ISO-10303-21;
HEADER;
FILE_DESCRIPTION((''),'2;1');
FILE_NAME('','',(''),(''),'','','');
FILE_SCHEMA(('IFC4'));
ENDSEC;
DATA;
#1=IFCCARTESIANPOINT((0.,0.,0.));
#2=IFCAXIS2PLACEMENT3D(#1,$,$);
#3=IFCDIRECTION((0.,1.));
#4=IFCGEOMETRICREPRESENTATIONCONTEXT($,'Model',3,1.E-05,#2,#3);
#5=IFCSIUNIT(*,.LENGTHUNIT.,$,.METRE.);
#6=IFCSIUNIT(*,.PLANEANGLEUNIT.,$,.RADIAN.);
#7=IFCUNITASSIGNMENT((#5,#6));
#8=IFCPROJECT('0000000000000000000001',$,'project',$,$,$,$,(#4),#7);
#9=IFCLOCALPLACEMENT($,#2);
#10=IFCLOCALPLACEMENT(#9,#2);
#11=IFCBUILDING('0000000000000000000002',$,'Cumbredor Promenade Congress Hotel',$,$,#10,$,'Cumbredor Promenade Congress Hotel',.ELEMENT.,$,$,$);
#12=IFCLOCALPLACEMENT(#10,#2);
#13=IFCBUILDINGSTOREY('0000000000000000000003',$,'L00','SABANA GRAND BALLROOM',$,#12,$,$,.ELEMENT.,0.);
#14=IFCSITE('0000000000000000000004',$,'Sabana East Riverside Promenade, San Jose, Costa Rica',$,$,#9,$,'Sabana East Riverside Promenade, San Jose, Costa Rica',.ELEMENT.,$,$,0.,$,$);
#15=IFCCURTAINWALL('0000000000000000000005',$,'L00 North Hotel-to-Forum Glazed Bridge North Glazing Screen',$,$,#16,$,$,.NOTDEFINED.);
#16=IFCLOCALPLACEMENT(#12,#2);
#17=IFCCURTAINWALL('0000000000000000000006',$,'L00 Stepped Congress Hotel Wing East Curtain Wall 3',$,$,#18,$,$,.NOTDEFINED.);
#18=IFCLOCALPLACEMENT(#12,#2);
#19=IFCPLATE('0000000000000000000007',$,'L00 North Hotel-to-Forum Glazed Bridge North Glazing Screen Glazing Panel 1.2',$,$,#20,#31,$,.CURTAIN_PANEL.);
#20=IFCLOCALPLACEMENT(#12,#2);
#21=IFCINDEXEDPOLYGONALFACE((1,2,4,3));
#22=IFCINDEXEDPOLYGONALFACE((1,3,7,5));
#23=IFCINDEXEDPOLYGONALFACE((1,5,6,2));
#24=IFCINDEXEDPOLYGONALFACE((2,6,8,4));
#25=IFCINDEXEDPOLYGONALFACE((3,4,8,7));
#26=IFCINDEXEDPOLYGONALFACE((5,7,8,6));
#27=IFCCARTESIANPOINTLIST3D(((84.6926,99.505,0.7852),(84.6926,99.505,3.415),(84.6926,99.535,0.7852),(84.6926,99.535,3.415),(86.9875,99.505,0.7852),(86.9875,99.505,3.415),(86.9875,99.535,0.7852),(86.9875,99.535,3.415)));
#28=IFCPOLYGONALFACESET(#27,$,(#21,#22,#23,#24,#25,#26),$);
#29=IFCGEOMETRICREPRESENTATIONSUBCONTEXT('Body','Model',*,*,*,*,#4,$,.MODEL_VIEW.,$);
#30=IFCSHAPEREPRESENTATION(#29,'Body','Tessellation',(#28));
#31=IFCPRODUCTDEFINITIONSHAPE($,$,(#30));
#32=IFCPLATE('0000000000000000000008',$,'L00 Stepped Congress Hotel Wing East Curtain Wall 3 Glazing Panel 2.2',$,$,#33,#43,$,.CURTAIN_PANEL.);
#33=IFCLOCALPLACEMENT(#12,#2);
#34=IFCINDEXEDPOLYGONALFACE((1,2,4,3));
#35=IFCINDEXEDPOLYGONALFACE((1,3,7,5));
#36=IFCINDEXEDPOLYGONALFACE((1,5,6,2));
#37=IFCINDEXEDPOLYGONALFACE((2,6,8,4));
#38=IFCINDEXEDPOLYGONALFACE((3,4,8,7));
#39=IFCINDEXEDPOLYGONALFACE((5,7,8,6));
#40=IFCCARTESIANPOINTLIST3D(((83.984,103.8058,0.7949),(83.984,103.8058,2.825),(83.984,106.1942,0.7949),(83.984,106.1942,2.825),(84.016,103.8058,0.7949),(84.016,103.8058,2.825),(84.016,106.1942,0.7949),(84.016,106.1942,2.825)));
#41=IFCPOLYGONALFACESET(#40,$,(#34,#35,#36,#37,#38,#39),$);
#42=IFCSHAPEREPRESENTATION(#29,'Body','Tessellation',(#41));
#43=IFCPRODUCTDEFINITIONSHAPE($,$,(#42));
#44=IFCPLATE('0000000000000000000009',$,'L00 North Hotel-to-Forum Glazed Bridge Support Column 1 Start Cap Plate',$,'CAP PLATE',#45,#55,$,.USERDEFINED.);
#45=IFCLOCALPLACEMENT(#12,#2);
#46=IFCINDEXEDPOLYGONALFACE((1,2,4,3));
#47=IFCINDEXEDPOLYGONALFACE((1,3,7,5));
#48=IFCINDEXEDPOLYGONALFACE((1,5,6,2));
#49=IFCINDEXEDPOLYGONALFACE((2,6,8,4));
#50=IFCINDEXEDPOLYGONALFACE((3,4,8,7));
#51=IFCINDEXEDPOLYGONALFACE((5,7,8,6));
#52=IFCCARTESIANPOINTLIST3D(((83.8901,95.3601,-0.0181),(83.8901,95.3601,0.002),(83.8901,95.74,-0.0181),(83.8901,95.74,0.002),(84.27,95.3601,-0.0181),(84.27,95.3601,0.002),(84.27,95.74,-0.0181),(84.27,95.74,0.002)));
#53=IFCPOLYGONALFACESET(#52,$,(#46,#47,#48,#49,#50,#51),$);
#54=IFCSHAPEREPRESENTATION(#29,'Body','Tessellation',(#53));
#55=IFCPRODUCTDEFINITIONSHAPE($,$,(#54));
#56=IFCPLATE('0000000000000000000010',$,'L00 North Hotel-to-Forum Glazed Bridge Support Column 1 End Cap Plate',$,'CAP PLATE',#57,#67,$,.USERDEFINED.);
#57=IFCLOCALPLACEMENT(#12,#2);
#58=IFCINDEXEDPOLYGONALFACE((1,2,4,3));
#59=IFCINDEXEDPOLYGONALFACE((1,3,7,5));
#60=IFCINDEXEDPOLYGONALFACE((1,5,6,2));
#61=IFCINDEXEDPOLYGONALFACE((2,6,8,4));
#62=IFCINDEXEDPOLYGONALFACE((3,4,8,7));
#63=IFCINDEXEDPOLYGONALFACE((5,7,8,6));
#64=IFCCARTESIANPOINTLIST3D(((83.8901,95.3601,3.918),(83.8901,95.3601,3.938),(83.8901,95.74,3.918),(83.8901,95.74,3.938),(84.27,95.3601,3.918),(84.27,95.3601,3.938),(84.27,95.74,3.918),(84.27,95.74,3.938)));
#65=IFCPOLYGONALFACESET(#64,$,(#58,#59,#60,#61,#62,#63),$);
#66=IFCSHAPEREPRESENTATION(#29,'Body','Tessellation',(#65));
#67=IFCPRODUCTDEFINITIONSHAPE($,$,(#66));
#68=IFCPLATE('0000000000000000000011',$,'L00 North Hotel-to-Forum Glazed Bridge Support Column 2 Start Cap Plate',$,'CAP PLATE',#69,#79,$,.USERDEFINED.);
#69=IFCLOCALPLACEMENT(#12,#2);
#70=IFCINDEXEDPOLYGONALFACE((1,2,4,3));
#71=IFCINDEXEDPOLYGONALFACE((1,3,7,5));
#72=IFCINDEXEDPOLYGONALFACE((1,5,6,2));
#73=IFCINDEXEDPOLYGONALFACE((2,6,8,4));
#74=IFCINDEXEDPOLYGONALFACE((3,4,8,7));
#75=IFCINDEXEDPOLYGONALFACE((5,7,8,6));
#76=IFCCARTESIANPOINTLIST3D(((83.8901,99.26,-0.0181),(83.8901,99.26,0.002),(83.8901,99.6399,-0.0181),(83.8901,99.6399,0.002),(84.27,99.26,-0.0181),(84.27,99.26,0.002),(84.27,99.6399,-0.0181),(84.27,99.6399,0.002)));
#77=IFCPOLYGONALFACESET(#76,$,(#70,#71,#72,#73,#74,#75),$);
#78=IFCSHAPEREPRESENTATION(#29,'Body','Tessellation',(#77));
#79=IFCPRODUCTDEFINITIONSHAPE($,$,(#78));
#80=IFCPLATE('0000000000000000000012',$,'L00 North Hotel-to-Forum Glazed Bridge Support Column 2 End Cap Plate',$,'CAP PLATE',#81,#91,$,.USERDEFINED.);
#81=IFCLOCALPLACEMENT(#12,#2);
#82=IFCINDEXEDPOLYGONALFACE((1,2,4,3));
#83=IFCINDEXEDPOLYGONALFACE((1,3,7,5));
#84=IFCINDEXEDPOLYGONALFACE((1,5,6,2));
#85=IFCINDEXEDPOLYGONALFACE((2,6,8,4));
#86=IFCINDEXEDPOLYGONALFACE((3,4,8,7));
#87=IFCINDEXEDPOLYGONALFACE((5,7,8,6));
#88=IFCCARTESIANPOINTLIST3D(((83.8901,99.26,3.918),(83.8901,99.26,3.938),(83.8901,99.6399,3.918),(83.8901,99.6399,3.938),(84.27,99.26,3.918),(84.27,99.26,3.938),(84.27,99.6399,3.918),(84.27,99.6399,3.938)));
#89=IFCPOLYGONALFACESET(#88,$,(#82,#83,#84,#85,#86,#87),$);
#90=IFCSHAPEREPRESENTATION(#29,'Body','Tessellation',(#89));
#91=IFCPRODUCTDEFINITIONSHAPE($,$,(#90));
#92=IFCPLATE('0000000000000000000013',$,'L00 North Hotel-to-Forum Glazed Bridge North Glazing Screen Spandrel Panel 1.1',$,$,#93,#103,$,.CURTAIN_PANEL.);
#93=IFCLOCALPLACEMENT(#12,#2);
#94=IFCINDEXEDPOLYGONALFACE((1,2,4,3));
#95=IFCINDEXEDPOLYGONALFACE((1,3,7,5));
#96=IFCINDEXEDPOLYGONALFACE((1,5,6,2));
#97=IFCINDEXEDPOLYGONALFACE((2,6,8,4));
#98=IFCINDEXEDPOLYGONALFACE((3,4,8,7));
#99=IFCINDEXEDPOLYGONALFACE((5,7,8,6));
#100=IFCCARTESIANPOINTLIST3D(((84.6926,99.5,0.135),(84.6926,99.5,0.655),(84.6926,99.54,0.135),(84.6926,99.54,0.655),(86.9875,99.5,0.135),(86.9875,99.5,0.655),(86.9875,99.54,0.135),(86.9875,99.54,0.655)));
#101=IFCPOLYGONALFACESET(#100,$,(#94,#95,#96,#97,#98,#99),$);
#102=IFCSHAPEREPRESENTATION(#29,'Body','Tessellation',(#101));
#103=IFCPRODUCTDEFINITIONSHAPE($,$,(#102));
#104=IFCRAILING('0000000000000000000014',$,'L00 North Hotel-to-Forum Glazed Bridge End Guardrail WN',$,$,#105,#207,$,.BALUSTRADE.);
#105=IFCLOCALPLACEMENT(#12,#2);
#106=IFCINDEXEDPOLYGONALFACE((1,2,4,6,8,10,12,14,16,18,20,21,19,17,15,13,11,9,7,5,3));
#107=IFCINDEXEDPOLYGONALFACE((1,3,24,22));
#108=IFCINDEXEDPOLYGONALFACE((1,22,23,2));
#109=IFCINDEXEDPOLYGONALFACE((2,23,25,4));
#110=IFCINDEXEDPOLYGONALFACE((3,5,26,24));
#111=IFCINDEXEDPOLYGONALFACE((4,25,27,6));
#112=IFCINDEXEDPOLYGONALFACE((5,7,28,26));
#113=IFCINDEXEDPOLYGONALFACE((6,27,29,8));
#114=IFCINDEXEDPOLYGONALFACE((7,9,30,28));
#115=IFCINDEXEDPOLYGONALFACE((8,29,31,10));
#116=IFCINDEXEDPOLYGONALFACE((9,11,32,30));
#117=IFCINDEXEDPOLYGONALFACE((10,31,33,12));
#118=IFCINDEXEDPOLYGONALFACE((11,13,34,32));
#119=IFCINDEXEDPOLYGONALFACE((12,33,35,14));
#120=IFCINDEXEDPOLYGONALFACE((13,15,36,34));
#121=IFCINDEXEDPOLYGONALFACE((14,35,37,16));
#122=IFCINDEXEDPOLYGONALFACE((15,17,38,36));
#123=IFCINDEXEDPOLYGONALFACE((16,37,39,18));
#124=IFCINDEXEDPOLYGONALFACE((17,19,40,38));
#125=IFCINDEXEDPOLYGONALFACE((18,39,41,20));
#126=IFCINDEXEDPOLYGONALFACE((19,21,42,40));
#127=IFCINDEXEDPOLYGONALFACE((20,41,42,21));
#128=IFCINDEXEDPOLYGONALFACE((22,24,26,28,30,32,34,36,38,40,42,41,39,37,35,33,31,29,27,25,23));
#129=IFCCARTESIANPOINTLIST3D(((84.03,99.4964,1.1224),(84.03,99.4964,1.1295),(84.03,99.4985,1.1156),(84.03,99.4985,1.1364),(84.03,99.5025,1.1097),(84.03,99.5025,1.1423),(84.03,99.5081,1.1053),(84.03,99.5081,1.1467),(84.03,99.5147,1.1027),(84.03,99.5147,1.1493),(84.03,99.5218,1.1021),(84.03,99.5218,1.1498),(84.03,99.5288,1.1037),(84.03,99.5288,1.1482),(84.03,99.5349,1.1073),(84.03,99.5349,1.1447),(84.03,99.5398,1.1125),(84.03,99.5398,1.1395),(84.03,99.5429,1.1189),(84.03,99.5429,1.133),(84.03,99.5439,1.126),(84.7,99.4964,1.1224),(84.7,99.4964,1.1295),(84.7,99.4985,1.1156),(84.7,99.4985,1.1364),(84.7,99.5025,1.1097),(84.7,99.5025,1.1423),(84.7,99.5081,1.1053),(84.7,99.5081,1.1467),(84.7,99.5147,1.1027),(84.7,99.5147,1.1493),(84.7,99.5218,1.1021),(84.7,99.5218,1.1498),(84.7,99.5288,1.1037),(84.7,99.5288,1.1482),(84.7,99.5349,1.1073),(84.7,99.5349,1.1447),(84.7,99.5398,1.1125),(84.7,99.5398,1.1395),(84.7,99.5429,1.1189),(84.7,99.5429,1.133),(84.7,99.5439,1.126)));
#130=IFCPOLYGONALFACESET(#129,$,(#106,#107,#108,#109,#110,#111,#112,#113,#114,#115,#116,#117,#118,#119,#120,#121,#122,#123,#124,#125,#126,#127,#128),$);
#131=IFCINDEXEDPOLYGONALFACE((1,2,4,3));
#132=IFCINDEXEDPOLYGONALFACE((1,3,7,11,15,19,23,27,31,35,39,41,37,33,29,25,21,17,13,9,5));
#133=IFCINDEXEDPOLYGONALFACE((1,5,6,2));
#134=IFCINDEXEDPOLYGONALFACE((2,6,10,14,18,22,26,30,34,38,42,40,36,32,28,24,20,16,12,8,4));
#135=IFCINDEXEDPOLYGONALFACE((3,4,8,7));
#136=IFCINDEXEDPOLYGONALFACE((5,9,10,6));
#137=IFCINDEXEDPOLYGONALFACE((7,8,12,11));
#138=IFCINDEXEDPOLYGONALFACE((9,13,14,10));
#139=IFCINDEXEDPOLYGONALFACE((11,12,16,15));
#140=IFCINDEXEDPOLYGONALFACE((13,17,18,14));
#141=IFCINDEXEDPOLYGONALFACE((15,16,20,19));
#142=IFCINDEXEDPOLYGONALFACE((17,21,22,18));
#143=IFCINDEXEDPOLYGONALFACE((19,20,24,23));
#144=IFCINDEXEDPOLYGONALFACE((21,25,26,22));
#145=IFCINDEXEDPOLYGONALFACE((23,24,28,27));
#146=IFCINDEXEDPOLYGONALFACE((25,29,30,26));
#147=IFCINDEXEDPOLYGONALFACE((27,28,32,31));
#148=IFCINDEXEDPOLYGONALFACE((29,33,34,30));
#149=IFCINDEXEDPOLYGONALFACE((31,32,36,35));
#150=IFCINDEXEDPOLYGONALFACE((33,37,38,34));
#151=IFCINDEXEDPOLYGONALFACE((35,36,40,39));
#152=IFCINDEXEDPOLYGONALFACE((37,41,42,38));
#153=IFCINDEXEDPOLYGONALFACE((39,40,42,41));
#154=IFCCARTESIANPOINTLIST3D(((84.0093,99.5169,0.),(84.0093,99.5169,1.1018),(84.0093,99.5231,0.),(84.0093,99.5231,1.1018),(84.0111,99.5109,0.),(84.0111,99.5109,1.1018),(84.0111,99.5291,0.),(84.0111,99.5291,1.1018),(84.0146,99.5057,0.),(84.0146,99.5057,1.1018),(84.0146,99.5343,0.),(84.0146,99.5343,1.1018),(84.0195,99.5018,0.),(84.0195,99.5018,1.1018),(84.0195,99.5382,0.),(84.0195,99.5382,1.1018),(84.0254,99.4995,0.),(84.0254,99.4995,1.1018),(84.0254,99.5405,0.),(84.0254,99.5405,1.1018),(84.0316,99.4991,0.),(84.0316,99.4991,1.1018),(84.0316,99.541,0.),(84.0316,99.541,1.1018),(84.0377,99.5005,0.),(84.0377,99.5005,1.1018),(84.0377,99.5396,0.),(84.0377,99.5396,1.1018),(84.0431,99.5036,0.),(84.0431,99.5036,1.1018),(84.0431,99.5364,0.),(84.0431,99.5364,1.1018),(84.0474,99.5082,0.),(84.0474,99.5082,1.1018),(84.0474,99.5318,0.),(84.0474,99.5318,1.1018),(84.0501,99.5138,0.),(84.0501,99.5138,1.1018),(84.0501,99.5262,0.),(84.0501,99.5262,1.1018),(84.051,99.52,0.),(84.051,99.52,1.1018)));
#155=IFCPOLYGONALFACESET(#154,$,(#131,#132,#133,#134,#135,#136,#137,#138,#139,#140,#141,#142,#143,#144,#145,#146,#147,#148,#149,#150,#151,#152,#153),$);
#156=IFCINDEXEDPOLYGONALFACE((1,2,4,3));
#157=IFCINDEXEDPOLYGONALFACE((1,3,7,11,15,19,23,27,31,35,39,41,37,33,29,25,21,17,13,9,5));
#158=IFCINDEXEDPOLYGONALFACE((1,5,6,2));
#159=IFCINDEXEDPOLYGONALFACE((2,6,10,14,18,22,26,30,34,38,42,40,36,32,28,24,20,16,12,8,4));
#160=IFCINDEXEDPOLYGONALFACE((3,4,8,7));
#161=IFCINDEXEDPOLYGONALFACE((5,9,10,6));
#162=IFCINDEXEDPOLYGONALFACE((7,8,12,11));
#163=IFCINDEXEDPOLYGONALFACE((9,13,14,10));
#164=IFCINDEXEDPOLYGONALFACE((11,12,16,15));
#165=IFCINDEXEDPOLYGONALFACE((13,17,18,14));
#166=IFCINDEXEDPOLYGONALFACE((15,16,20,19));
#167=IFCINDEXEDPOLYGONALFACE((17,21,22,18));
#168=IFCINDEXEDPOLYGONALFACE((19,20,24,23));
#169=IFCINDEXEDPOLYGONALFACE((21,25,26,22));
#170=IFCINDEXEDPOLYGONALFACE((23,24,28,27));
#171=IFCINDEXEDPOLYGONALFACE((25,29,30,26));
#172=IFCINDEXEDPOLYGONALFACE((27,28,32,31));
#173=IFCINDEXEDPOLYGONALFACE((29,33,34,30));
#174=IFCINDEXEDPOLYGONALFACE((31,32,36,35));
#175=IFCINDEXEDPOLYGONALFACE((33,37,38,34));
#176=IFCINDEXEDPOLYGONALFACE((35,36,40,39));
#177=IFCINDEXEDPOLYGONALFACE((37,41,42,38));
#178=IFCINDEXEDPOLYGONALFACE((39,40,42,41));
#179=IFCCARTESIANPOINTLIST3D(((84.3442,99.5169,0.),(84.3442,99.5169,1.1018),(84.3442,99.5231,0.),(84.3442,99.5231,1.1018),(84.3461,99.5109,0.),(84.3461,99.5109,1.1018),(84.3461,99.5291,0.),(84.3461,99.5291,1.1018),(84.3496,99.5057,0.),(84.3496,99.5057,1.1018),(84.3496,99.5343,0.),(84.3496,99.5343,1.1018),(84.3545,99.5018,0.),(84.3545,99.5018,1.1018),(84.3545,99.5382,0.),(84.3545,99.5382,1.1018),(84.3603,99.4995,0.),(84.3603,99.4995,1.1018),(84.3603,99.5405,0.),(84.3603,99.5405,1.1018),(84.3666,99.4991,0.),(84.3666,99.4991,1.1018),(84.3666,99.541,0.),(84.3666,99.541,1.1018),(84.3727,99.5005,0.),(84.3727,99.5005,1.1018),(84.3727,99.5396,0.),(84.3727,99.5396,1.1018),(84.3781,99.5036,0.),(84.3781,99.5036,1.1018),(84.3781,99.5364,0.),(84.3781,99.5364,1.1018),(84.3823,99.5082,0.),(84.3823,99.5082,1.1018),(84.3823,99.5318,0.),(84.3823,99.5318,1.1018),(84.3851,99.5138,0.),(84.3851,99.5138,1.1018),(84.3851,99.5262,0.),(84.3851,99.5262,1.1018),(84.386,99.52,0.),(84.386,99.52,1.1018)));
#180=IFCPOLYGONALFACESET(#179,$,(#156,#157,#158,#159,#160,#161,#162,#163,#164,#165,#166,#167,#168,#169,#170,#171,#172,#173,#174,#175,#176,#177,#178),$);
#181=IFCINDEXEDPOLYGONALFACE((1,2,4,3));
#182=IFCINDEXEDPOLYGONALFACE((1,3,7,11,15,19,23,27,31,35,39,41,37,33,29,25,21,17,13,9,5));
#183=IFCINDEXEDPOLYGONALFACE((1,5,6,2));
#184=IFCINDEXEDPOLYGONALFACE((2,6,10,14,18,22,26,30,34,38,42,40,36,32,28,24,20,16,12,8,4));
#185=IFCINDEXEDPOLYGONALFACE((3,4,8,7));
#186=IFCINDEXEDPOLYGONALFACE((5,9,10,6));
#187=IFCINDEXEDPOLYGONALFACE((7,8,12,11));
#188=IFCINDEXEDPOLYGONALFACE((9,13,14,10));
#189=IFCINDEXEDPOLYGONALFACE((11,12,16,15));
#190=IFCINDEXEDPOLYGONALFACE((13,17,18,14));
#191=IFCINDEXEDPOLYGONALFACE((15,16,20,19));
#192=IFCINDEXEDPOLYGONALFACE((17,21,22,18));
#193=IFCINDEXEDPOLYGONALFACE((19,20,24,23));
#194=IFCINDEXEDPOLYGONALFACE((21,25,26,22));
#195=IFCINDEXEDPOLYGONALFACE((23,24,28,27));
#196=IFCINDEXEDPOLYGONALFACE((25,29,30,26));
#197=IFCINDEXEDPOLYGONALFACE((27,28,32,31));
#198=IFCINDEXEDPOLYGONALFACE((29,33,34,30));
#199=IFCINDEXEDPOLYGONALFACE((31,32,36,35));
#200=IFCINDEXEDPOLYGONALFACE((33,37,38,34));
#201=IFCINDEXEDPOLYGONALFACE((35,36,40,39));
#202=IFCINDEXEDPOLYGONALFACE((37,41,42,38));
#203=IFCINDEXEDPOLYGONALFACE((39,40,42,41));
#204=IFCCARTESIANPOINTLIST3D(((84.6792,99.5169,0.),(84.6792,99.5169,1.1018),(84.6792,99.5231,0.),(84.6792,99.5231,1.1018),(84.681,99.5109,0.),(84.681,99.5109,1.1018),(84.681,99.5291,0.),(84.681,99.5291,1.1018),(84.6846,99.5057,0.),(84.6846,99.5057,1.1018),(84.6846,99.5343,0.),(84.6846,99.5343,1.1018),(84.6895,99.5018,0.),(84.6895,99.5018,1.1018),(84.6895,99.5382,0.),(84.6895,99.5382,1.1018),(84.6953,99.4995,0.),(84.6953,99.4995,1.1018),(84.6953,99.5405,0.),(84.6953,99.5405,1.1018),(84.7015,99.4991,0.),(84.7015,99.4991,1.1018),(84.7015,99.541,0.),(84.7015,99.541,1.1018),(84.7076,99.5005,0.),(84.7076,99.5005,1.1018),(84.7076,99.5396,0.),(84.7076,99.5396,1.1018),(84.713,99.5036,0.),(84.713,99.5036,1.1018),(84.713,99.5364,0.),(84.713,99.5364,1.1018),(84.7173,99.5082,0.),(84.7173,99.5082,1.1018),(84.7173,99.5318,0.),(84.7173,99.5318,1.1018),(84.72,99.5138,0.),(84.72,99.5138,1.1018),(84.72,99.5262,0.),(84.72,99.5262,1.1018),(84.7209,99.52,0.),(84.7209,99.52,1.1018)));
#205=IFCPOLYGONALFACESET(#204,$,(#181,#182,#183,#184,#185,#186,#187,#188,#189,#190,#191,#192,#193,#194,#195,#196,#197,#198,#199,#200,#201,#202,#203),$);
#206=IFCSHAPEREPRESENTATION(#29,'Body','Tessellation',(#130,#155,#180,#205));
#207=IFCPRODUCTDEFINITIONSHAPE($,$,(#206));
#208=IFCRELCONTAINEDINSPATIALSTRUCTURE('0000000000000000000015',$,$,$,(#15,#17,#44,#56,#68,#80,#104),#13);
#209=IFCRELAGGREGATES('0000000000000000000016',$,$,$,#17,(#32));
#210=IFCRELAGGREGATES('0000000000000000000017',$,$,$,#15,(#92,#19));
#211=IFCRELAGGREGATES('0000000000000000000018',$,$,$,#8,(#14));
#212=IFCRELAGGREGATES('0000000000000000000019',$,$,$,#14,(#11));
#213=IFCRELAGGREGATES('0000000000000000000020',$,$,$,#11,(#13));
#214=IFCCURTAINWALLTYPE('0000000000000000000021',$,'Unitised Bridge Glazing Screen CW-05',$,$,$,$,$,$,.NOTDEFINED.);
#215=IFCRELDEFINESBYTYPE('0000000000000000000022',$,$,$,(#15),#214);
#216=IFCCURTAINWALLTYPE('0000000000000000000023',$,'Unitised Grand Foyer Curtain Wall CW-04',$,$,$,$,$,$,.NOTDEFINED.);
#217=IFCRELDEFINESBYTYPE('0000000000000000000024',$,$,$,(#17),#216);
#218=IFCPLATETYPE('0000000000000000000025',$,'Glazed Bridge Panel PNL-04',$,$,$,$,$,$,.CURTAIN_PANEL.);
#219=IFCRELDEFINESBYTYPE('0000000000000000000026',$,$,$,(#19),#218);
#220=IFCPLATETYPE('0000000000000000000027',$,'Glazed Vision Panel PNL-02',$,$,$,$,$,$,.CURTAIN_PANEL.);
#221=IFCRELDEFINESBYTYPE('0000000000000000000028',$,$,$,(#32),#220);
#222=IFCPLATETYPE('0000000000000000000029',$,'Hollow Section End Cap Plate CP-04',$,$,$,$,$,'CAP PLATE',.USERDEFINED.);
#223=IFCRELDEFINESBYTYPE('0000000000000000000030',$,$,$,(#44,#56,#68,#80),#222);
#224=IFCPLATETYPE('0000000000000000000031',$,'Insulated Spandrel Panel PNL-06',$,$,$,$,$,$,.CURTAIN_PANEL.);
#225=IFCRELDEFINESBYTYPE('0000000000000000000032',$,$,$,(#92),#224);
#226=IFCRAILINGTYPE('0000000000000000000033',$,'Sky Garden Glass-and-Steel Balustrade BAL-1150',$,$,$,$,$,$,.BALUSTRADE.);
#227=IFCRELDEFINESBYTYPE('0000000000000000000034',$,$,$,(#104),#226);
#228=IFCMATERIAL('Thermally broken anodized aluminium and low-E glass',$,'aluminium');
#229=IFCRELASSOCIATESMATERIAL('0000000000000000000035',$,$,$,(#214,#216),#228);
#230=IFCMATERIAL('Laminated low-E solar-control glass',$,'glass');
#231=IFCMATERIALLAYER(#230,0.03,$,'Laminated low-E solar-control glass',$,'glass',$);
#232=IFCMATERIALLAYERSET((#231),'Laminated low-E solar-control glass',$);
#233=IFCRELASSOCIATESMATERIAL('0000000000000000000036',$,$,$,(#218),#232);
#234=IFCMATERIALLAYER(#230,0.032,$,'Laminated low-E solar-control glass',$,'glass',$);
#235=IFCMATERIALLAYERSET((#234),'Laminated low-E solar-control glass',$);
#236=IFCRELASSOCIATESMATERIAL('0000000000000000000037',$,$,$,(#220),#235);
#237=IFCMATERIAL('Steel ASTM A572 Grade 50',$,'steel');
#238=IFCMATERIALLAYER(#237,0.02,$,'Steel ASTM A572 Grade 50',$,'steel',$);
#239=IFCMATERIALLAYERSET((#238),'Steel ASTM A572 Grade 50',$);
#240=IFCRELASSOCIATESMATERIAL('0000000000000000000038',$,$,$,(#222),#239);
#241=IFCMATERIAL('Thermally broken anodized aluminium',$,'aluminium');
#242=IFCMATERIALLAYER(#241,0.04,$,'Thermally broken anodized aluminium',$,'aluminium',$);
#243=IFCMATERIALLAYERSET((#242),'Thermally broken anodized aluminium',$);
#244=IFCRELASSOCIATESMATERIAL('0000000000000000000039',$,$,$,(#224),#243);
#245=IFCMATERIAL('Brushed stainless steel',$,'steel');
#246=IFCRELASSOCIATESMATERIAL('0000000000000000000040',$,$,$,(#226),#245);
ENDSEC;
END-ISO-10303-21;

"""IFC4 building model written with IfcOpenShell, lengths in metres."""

from ifc_helpers import new_model, si_unit, direction, frame, origin, origin_2d, place, context, subcontext, project, spatial, rectangle, circle, extrude, material, layer, layer_set, type_object, element, aggregate, save


model = new_model("IFC4")

# Units and contexts
model_context = context("Model", 3, precision=1e-05, world=origin(), true_north=direction((0.0, 1.0)))
body_context = subcontext(model_context, "Body", "Model", "MODEL_VIEW")
ifc_project = project(units=[si_unit("LENGTHUNIT", "METRE"), si_unit("PLANEANGLEUNIT", "RADIAN")], contexts=[model_context])

# Site, building, storey
site_placement = place(None, origin())
site = spatial("IfcSite", under=ifc_project, at=site_placement, Name="Sabana East Riverside Promenade, San Jose, Costa Rica", LongName="Sabana East Riverside Promenade, San Jose, Costa Rica", CompositionType="ELEMENT", RefElevation=0.0)
building_placement = place(site_placement, origin())
building = spatial("IfcBuilding", under=site, at=building_placement, Name="Cumbredor Promenade Congress Hotel", LongName="Cumbredor Promenade Congress Hotel", CompositionType="ELEMENT")
storey_placement = place(building_placement, origin())
storey = spatial("IfcBuildingStorey", under=building, at=storey_placement, Name="L00", Description="SABANA GRAND BALLROOM", CompositionType="ELEMENT", Elevation=0.0)

# Curtain wall
ifc_material_1 = material(Name="Thermally broken anodized aluminium and low-E glass", Category="aluminium")
curtain_wall_type_1 = type_object("IfcCurtainWallType", Name="Unitised Bridge Glazing Screen CW-05", PredefinedType="NOTDEFINED", material=ifc_material_1)
curtain_wall_1_placement = place(storey_placement, origin())
curtain_wall_1 = element("IfcCurtainWall", 1, at=curtain_wall_1_placement, inside=storey, type_object=curtain_wall_type_1, Name="L00 North Hotel-to-Forum Glazed Bridge North Glazing Screen", PredefinedType="NOTDEFINED")
ifc_material_2 = material(Name="Thermally broken anodized aluminium", Category="aluminium")

# Curtain wall
curtain_wall_type_2 = type_object("IfcCurtainWallType", Name="Unitised Grand Foyer Curtain Wall CW-04", PredefinedType="NOTDEFINED", material=ifc_material_1)
curtain_wall_2_placement = place(storey_placement, origin())
curtain_wall_2 = element("IfcCurtainWall", 2, at=curtain_wall_2_placement, inside=storey, type_object=curtain_wall_type_2, Name="L00 Stepped Congress Hotel Wing East Curtain Wall 3", PredefinedType="NOTDEFINED")

# Plates
ifc_material_3 = material(Name="Laminated low-E solar-control glass", Category="glass")
ifc_layer_1 = layer(ifc_material_3, 0.03, Name="Laminated low-E solar-control glass", Category="glass")
ifc_layer_set_1 = layer_set([ifc_layer_1], Name="Laminated low-E solar-control glass")
plate_type_1 = type_object("IfcPlateType", Name="Glazed Bridge Panel PNL-04", PredefinedType="CURTAIN_PANEL", material=ifc_layer_set_1)
plate_1_placement = place(storey_placement, frame((85.8401, 99.52, 0.7852), z_axis=(0.0, 0.0, 1.0), x_axis=(1.0, 0.0, 0.0)))
plate_1 = element("IfcPlate", 3, at=plate_1_placement, type_object=plate_type_1, Name="L00 North Hotel-to-Forum Glazed Bridge North Glazing Screen Glazing Panel 1.2", PredefinedType="CURTAIN_PANEL", context=body_context, shape_type="SweptSolid", body=[
    extrude(rectangle(XDim=2.2949, YDim=0.03, at=origin_2d()), origin(), (0.0, 0.0, 1.0), 2.6299),
])
ifc_layer_2 = layer(ifc_material_3, 0.032, Name="Laminated low-E solar-control glass", Category="glass")
ifc_layer_set_2 = layer_set([ifc_layer_2], Name="Laminated low-E solar-control glass")
plate_type_2 = type_object("IfcPlateType", Name="Glazed Vision Panel PNL-02", PredefinedType="CURTAIN_PANEL", material=ifc_layer_set_2)
plate_2_placement = place(storey_placement, frame((84.0, 105.0, 0.7949), z_axis=(0.0, 0.0, 1.0), x_axis=(0.0, 1.0, 0.0)))
plate_2 = element("IfcPlate", 4, at=plate_2_placement, type_object=plate_type_2, Name="L00 Stepped Congress Hotel Wing East Curtain Wall 3 Glazing Panel 2.2", PredefinedType="CURTAIN_PANEL", context=body_context, shape_type="SweptSolid", body=[
    extrude(rectangle(XDim=2.3884, YDim=0.032, at=origin_2d()), origin(), (0.0, 0.0, 1.0), 2.03),
])
aggregate(curtain_wall_2, [plate_2])

# Plates
ifc_material_4 = material(Name="Steel ASTM A572 Grade 50", Category="steel")
ifc_layer_3 = layer(ifc_material_4, 0.02, Name="Steel ASTM A572 Grade 50", Category="steel")
ifc_layer_set_3 = layer_set([ifc_layer_3], Name="Steel ASTM A572 Grade 50")
plate_type_3 = type_object("IfcPlateType", Name="Hollow Section End Cap Plate CP-04", ElementType="CAP PLATE", PredefinedType="USERDEFINED", material=ifc_layer_set_3)
for number, where, z_axis, x_axis, name in (
    (5, (84.0801, 95.55, -0.0181), (0.0, 0.0, 1.0), (1.0, 0.0, 0.0), "L00 North Hotel-to-Forum Glazed Bridge Support Column 1 Start Cap Plate"),
    (6, (84.0801, 95.55, 3.918), (0.0, 0.0, 1.0), (1.0, 0.0, 0.0), "L00 North Hotel-to-Forum Glazed Bridge Support Column 1 End Cap Plate"),
    (7, (84.0801, 99.45, -0.0181), (0.0, 0.0, 1.0), (1.0, 0.0, 0.0), "L00 North Hotel-to-Forum Glazed Bridge Support Column 2 Start Cap Plate"),
    (8, (84.0801, 99.45, 3.918), (0.0, 0.0, 1.0), (1.0, 0.0, 0.0), "L00 North Hotel-to-Forum Glazed Bridge Support Column 2 End Cap Plate"),
):
    element("IfcPlate", number, at=place(storey_placement, frame(where, z_axis=z_axis, x_axis=x_axis)), inside=storey, type_object=plate_type_3, Name=name, ObjectType="CAP PLATE", PredefinedType="USERDEFINED", context=body_context, shape_type="SweptSolid", body=[
        extrude(rectangle(XDim=0.3799, YDim=0.3799, at=origin_2d()), origin(), (0.0, 0.0, 1.0), 0.02),
    ])

# Plate
ifc_layer_4 = layer(ifc_material_2, 0.04, Name="Thermally broken anodized aluminium", Category="aluminium")
ifc_layer_set_4 = layer_set([ifc_layer_4], Name="Thermally broken anodized aluminium")
plate_type_4 = type_object("IfcPlateType", Name="Insulated Spandrel Panel PNL-06", PredefinedType="CURTAIN_PANEL", material=ifc_layer_set_4)
plate_3_placement = place(storey_placement, frame((85.8401, 99.52, 0.135), z_axis=(0.0, 0.0, 1.0), x_axis=(1.0, 0.0, 0.0)))
plate_3 = element("IfcPlate", 9, at=plate_3_placement, type_object=plate_type_4, Name="L00 North Hotel-to-Forum Glazed Bridge North Glazing Screen Spandrel Panel 1.1", PredefinedType="CURTAIN_PANEL", context=body_context, shape_type="SweptSolid", body=[
    extrude(rectangle(XDim=2.2949, YDim=0.04, at=origin_2d()), origin(), (0.0, 0.0, 1.0), 0.52),
])
aggregate(curtain_wall_1, [plate_3, plate_1])

# Railing
ifc_material_5 = material(Name="Brushed stainless steel", Category="steel")
railing_type = type_object("IfcRailingType", Name="Sky Garden Glass-and-Steel Balustrade BAL-1150", PredefinedType="BALUSTRADE", material=ifc_material_5)
railing_placement = place(storey_placement, frame((84.03, 99.52, 0.0)))
element("IfcRailing", 10, at=railing_placement, inside=storey, type_object=railing_type, Name="L00 North Hotel-to-Forum Glazed Bridge End Guardrail WN", PredefinedType="BALUSTRADE", context=body_context, shape_type="SweptSolid", body=[
    extrude(circle(Radius=0.0239, at=origin_2d()), frame((0.0, 0.0, 1.126), z_axis=(1.0, 0.0, 0.0), x_axis=(0.0, 1.0, 0.0)), (0.0, 0.0, 1.0), 0.6699),
    extrude(circle(Radius=0.021, at=origin_2d()), origin(), (0.0, 0.0, 1.0), 1.1018),
    extrude(circle(Radius=0.021, at=origin_2d()), frame((0.335, 0.0, 0.0)), (0.0, 0.0, 1.0), 1.1018),
    extrude(circle(Radius=0.021, at=origin_2d()), frame((0.6699, 0.0, 0.0)), (0.0, 0.0, 1.0), 1.1018),
])

save(model, "model.ifc")
